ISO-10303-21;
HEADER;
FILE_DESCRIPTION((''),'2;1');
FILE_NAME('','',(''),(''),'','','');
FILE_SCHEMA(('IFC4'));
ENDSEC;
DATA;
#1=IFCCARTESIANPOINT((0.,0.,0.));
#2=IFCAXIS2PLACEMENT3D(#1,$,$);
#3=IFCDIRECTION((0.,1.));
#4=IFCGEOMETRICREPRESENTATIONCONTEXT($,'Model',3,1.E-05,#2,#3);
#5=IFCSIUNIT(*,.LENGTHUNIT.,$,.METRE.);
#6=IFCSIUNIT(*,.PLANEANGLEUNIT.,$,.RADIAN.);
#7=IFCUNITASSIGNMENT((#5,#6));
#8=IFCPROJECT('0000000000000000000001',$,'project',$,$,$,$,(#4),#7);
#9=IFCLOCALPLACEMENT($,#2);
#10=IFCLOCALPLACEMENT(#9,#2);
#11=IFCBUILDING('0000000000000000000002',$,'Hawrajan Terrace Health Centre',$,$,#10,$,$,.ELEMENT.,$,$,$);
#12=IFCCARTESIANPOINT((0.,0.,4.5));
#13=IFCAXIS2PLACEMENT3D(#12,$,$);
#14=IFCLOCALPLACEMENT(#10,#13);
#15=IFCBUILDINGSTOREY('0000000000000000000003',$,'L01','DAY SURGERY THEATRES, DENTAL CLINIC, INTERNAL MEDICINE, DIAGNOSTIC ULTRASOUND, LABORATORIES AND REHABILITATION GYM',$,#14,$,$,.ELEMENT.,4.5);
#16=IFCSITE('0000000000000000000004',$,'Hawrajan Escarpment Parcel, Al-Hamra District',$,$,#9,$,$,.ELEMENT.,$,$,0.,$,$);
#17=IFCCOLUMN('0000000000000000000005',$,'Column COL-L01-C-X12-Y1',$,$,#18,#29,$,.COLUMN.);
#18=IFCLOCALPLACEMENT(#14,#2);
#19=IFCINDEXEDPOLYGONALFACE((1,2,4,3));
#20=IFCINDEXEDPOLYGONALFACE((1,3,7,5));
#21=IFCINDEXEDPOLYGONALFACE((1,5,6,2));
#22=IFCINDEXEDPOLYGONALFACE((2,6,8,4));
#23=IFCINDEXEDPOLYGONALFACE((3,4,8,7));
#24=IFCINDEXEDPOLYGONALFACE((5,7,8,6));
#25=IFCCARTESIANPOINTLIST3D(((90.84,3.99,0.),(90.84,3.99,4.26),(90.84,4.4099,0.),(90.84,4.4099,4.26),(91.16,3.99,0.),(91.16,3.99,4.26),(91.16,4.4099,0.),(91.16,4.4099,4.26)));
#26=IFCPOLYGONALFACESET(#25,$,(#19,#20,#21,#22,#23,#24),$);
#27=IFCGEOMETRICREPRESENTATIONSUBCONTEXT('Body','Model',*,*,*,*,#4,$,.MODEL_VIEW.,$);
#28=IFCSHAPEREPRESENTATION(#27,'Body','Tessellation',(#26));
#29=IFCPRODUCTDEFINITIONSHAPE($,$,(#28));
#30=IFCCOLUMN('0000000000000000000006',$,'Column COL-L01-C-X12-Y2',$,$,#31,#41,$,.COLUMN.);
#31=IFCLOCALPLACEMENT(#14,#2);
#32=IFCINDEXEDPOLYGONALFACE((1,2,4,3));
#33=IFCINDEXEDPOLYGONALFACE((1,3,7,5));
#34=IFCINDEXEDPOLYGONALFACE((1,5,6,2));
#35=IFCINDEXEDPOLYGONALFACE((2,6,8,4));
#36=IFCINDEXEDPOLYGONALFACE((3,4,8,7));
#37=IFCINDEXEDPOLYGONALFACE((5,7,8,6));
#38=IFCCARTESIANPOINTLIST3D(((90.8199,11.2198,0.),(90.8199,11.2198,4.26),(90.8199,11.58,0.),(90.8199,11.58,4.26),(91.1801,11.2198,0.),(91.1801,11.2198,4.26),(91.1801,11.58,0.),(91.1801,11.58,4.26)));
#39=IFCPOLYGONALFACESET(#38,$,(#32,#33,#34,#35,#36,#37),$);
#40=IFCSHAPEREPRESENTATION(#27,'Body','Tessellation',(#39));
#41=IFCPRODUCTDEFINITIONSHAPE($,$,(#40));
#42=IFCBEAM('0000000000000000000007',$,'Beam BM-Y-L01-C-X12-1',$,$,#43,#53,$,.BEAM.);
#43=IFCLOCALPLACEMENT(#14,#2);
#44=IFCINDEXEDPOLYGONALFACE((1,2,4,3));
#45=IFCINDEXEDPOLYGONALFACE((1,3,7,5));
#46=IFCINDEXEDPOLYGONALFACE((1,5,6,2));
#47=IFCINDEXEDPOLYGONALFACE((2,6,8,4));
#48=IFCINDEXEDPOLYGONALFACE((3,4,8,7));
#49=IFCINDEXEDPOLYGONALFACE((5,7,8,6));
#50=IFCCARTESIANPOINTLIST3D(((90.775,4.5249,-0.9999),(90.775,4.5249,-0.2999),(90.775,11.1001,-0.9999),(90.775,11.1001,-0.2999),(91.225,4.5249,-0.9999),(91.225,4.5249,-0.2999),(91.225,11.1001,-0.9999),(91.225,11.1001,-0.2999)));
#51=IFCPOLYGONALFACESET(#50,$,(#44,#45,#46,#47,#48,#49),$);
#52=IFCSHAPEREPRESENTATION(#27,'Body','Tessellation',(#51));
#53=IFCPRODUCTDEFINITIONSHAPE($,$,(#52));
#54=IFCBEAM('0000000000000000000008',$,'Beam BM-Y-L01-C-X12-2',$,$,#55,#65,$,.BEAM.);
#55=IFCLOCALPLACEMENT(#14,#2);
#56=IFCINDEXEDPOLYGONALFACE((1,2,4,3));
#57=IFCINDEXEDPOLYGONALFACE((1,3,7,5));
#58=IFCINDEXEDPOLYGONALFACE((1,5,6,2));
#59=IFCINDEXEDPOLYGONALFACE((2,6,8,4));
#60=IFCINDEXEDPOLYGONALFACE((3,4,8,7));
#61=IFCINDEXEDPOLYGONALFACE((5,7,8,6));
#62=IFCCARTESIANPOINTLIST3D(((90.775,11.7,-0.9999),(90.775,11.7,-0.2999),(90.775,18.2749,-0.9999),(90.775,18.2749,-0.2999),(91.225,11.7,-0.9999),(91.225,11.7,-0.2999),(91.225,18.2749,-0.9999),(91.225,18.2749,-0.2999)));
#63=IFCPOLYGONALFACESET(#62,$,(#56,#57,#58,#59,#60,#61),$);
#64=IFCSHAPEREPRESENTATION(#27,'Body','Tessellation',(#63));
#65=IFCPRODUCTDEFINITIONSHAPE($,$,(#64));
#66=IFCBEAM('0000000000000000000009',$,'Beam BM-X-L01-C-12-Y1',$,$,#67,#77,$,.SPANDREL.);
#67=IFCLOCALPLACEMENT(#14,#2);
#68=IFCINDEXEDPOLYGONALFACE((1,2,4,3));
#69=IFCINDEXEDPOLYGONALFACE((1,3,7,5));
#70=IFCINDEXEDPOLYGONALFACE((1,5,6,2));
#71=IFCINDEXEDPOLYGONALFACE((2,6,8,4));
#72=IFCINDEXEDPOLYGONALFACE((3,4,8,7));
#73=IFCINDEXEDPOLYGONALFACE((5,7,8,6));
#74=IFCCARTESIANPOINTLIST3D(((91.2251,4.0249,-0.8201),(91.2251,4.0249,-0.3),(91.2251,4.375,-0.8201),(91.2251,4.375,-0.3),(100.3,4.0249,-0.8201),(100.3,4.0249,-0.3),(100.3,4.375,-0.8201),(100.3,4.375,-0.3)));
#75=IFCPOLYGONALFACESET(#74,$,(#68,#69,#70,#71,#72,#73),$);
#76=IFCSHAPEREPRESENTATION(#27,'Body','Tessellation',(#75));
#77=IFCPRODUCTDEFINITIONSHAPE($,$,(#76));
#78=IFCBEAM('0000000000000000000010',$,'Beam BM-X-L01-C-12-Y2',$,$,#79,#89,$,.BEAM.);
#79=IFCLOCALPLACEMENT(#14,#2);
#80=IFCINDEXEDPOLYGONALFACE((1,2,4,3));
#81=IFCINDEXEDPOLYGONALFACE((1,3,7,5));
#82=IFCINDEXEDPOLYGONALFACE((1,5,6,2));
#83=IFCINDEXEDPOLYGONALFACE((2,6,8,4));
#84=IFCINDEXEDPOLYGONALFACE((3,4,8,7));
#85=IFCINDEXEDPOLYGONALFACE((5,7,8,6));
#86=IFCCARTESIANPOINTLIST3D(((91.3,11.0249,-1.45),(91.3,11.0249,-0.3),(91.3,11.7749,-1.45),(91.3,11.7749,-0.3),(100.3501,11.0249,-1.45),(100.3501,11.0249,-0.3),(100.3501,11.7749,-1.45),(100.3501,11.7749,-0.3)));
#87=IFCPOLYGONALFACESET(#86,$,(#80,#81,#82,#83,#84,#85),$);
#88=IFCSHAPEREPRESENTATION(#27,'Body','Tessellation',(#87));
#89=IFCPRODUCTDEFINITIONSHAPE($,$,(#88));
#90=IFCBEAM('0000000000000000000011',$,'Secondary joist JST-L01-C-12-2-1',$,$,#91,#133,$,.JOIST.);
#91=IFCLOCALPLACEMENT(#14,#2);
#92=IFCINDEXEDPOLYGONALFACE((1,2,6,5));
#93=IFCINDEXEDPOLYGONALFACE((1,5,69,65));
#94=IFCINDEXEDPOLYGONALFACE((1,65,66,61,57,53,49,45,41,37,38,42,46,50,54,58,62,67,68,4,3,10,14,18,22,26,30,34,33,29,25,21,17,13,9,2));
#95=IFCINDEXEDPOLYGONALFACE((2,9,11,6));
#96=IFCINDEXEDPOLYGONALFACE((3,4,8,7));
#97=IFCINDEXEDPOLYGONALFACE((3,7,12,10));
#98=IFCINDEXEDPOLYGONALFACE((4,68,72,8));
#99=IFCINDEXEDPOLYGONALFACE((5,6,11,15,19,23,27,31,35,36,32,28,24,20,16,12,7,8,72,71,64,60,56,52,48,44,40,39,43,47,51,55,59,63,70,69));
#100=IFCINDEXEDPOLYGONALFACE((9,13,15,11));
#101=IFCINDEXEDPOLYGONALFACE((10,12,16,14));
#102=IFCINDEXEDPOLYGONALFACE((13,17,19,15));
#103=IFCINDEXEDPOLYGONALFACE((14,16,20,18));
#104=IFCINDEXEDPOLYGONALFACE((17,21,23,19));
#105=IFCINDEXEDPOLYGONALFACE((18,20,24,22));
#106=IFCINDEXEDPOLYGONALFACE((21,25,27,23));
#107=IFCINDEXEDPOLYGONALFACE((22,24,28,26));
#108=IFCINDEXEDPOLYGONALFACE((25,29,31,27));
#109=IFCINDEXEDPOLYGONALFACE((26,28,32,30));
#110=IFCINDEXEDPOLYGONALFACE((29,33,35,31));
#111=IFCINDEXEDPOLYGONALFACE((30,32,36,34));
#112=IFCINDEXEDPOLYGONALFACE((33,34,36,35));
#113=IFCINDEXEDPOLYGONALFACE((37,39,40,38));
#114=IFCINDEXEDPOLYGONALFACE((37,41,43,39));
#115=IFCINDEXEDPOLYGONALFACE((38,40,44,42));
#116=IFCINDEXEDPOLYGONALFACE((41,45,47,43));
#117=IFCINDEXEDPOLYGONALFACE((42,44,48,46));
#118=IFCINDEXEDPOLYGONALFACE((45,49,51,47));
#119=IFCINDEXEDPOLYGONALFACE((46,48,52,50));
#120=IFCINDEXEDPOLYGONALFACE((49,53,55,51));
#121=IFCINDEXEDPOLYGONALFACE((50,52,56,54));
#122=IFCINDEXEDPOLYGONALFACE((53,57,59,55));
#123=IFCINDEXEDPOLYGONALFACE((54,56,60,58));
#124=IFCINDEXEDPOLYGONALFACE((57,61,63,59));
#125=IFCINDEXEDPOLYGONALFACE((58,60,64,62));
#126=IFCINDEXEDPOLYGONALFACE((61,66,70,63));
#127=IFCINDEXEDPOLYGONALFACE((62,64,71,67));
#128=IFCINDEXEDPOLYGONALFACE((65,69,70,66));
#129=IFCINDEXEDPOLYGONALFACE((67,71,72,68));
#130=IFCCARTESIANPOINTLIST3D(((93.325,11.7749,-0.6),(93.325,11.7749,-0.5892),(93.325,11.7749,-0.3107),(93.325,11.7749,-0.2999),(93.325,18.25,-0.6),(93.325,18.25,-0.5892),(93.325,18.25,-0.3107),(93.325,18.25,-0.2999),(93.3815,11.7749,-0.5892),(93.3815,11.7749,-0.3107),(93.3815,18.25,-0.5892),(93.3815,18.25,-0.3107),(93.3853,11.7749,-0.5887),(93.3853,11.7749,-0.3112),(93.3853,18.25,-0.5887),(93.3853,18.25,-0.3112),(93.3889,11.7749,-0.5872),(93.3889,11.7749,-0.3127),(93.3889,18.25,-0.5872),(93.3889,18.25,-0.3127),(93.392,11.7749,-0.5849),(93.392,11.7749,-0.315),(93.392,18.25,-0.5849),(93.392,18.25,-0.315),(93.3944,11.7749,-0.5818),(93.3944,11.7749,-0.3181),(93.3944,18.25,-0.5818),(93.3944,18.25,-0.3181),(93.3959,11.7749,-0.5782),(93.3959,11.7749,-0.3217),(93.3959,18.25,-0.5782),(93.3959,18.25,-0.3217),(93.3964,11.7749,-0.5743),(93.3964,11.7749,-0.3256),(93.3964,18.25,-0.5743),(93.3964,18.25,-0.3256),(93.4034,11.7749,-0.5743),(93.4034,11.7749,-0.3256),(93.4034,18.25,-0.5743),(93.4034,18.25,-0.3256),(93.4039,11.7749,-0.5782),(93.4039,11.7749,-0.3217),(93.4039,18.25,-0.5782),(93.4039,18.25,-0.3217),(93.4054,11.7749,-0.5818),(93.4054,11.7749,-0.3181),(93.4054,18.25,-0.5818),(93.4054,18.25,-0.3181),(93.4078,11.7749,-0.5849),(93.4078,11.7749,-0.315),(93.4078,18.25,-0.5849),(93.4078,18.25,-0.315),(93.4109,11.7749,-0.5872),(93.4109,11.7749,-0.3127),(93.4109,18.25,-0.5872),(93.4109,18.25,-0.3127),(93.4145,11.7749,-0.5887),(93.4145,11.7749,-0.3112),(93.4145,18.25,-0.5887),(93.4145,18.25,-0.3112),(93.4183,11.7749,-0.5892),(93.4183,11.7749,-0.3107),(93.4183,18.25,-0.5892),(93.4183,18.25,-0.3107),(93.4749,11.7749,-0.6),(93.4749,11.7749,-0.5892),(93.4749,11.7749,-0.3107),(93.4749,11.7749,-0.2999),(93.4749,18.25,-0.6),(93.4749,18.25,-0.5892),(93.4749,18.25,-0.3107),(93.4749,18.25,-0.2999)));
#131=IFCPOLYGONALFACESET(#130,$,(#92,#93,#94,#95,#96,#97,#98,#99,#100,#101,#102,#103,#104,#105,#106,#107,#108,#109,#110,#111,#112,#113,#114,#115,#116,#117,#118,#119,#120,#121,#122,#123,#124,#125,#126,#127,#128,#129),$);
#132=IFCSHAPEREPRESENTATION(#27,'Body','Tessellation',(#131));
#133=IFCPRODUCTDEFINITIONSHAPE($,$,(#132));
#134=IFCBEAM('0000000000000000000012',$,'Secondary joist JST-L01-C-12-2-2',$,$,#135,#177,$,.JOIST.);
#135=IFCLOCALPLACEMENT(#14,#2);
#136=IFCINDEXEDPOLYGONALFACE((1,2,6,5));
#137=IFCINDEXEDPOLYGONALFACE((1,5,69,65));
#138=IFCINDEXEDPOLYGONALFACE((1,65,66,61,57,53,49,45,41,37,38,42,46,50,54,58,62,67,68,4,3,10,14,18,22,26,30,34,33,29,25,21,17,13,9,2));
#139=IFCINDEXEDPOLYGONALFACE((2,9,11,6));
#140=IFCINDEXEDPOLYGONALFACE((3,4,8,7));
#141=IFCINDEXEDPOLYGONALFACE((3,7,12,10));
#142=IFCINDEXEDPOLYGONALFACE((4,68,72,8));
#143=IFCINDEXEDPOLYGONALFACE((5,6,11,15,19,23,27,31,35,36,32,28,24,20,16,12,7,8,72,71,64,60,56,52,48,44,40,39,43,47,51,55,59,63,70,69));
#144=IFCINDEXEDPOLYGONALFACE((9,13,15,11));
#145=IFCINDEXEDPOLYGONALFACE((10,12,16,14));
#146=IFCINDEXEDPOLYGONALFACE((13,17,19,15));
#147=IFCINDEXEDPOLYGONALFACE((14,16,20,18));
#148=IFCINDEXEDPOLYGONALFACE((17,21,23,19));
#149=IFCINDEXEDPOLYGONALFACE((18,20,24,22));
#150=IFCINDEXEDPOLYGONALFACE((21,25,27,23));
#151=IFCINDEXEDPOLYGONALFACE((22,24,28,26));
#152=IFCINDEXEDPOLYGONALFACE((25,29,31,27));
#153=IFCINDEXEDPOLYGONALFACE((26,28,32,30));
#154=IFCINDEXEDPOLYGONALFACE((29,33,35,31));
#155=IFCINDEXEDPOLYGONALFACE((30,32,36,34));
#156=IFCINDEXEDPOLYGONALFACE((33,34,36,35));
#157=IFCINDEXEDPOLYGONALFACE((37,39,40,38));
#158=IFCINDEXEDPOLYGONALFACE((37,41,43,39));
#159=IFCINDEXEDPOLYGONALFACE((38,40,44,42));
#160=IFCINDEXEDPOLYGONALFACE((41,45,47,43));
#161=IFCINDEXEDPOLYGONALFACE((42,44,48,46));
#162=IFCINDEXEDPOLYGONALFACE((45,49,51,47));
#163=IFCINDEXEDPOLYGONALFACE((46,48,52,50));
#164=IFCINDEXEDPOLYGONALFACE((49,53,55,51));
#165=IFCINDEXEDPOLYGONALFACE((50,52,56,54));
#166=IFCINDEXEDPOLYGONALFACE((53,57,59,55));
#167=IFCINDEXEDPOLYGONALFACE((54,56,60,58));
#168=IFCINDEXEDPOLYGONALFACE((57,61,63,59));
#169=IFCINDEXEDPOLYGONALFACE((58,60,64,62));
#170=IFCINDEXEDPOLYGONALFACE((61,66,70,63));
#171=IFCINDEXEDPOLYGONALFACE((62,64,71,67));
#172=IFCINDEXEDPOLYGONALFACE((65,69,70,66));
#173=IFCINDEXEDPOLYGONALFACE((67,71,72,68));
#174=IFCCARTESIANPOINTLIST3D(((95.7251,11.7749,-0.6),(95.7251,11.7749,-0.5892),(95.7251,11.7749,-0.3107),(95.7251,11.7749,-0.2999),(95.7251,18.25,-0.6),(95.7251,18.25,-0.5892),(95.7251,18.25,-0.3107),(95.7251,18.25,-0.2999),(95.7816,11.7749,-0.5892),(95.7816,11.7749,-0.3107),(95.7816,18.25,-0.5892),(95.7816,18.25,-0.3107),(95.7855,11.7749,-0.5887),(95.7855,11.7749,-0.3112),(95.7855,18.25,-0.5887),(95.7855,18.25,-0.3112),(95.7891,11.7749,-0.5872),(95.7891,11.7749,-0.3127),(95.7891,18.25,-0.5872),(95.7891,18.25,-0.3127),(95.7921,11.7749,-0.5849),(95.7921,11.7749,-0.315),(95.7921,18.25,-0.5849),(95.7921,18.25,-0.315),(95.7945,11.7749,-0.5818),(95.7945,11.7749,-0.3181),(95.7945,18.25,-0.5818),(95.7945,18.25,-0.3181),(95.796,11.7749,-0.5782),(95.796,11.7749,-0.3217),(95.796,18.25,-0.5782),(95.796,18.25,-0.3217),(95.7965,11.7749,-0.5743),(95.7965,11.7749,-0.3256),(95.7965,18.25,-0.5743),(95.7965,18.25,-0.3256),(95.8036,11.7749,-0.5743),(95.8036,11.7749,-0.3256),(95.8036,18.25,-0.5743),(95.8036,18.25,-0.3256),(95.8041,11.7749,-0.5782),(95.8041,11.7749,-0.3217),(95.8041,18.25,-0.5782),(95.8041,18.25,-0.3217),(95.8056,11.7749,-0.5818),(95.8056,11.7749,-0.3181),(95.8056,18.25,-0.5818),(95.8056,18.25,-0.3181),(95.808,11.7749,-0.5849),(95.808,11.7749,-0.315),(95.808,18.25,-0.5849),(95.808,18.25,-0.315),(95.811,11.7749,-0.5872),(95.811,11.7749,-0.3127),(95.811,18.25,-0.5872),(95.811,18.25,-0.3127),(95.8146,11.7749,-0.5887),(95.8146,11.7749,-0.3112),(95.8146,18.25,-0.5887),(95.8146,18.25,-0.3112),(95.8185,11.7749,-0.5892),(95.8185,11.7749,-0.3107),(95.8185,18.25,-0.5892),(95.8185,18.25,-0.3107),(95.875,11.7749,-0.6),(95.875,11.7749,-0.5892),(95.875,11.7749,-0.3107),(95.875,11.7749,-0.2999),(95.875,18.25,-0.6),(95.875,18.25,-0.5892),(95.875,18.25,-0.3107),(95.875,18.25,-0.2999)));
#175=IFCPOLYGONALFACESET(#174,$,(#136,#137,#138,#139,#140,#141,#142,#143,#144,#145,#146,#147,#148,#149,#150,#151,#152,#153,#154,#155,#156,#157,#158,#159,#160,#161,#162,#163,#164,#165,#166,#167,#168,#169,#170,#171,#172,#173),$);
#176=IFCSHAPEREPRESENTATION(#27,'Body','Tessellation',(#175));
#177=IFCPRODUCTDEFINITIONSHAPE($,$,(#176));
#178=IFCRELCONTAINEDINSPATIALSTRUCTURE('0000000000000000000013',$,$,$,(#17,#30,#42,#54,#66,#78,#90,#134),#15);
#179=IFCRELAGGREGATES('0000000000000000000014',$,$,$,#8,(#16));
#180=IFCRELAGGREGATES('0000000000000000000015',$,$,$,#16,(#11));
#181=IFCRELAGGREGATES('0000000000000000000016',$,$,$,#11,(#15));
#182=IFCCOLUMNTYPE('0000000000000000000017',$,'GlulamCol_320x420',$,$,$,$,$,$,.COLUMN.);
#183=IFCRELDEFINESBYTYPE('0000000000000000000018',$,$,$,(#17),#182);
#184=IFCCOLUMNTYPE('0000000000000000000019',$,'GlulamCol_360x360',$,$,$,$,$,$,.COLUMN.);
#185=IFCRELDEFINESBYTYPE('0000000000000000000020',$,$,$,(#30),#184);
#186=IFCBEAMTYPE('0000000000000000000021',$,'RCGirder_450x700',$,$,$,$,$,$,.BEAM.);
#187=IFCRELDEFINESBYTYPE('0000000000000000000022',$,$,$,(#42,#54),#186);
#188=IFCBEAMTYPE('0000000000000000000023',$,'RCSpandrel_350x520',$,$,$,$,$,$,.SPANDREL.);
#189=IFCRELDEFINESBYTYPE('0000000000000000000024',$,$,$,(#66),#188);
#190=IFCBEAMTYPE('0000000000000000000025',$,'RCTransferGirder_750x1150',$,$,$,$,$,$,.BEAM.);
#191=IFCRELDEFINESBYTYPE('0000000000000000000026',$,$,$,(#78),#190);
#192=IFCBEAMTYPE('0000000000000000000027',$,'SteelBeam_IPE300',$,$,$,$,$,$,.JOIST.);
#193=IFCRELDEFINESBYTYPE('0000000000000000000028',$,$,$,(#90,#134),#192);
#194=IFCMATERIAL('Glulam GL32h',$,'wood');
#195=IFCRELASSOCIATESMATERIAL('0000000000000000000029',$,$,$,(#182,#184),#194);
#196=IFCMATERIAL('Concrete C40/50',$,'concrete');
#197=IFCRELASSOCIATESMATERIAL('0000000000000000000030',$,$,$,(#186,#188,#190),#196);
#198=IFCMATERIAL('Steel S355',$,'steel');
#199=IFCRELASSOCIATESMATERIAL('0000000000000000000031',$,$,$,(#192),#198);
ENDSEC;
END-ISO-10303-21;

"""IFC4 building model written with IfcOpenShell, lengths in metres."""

from ifc_helpers import new_model, si_unit, direction, frame, origin, origin_2d, place, context, subcontext, project, spatial, rectangle, i_section, extrude, material, material_profile, profile_set, type_object, element, save


model = new_model("IFC4")

# Units and contexts
model_context = context("Model", 3, precision=1e-05, world=origin(), true_north=direction((0.0, 1.0)))
body_context = subcontext(model_context, "Body", "Model", "MODEL_VIEW")
ifc_project = project(units=[si_unit("LENGTHUNIT", "METRE"), si_unit("PLANEANGLEUNIT", "RADIAN")], contexts=[model_context])

# Site, building, storey
site_placement = place(None, origin())
site = spatial("IfcSite", under=ifc_project, at=site_placement, Name="Hawrajan Escarpment Parcel, Al-Hamra District", CompositionType="ELEMENT", RefElevation=0.0)
building_placement = place(site_placement, origin())
building = spatial("IfcBuilding", under=site, at=building_placement, Name="Hawrajan Terrace Health Centre", CompositionType="ELEMENT")
storey_placement = place(building_placement, frame((0.0, 0.0, 4.5)))
storey = spatial("IfcBuildingStorey", under=building, at=storey_placement, Name="L01", Description="DAY SURGERY THEATRES, DENTAL CLINIC, INTERNAL MEDICINE, DIAGNOSTIC ULTRASOUND, LABORATORIES AND REHABILITATION GYM", CompositionType="ELEMENT", Elevation=4.5)

# Columns
ifc_material_1 = material(Name="Glulam GL32h", Category="wood")
ifc_material_profile_1 = material_profile(ifc_material_1, rectangle(XDim=0.3201, YDim=0.4199, at=origin_2d()), Name="GL 320x420")
ifc_profile_set_1 = profile_set([ifc_material_profile_1], Name="Glulam GL32h")
column_type_1 = type_object("IfcColumnType", Name="GlulamCol_320x420", PredefinedType="COLUMN", material=ifc_profile_set_1)
column_1_placement = place(storey_placement, frame((91.0, 4.2, 0.0), z_axis=(0.0, 0.0, 1.0), x_axis=(1.0, 0.0, 0.0)))
element("IfcColumn", 1, at=column_1_placement, inside=storey, type_object=column_type_1, Name="Column COL-L01-C-X12-Y1", PredefinedType="COLUMN", context=body_context, shape_type="SweptSolid", body=[
    extrude(rectangle(XDim=0.3201, YDim=0.4199, at=origin_2d()), origin(), (0.0, 0.0, 1.0), 4.26),
])
ifc_material_profile_2 = material_profile(ifc_material_1, rectangle(XDim=0.3601, YDim=0.3601, at=origin_2d()), Name="GL 360x360")
ifc_profile_set_2 = profile_set([ifc_material_profile_2], Name="Glulam GL32h")
column_type_2 = type_object("IfcColumnType", Name="GlulamCol_360x360", PredefinedType="COLUMN", material=ifc_profile_set_2)
column_2_placement = place(storey_placement, frame((91.0, 11.3999, 0.0), z_axis=(0.0, 0.0, 1.0), x_axis=(1.0, 0.0, 0.0)))
element("IfcColumn", 2, at=column_2_placement, inside=storey, type_object=column_type_2, Name="Column COL-L01-C-X12-Y2", PredefinedType="COLUMN", context=body_context, shape_type="SweptSolid", body=[
    extrude(rectangle(XDim=0.3601, YDim=0.3601, at=origin_2d()), origin(), (0.0, 0.0, 1.0), 4.26),
])

# Beams
ifc_material_2 = material(Name="Concrete C40/50", Category="concrete")
ifc_material_profile_3 = material_profile(ifc_material_2, rectangle(XDim=0.45, YDim=0.7, at=origin_2d()), Name="RC BM 450x700")
ifc_profile_set_3 = profile_set([ifc_material_profile_3], Name="Concrete C40/50")
beam_type_1 = type_object("IfcBeamType", Name="RCGirder_450x700", PredefinedType="BEAM", material=ifc_profile_set_3)
beam_1_placement = place(storey_placement, frame((91.0, 4.5249, -0.6499), z_axis=(0.0, 1.0, 0.0), x_axis=(-1.0, 0.0, 0.0)))
element("IfcBeam", 3, at=beam_1_placement, inside=storey, type_object=beam_type_1, Name="Beam BM-Y-L01-C-X12-1", PredefinedType="BEAM", context=body_context, shape_type="SweptSolid", body=[
    extrude(rectangle(XDim=0.45, YDim=0.7, at=origin_2d()), origin(), (0.0, 0.0, 1.0), 6.5752),
])
beam_2_placement = place(storey_placement, frame((91.0, 11.7, -0.6499), z_axis=(0.0, 1.0, 0.0), x_axis=(-1.0, 0.0, 0.0)))
element("IfcBeam", 4, at=beam_2_placement, inside=storey, type_object=beam_type_1, Name="Beam BM-Y-L01-C-X12-2", PredefinedType="BEAM", context=body_context, shape_type="SweptSolid", body=[
    extrude(rectangle(XDim=0.45, YDim=0.7, at=origin_2d()), origin(), (0.0, 0.0, 1.0), 6.575),
])
ifc_material_profile_4 = material_profile(ifc_material_2, rectangle(XDim=0.3501, YDim=0.52, at=origin_2d()), Name="RC SP 350x520")
ifc_profile_set_4 = profile_set([ifc_material_profile_4], Name="Concrete C40/50")
beam_type_2 = type_object("IfcBeamType", Name="RCSpandrel_350x520", PredefinedType="SPANDREL", material=ifc_profile_set_4)
beam_3_placement = place(storey_placement, frame((91.2251, 4.2, -0.5601), z_axis=(1.0, 0.0, 0.0), x_axis=(0.0, 1.0, 0.0)))
element("IfcBeam", 5, at=beam_3_placement, inside=storey, type_object=beam_type_2, Name="Beam BM-X-L01-C-12-Y1", PredefinedType="SPANDREL", context=body_context, shape_type="SweptSolid", body=[
    extrude(rectangle(XDim=0.3501, YDim=0.52, at=origin_2d()), origin(), (0.0, 0.0, 1.0), 9.075),
])
ifc_material_profile_5 = material_profile(ifc_material_2, rectangle(XDim=0.75, YDim=1.1499, at=origin_2d()), Name="RC TG 750x1150")
ifc_profile_set_5 = profile_set([ifc_material_profile_5], Name="Concrete C40/50")
beam_type_3 = type_object("IfcBeamType", Name="RCTransferGirder_750x1150", PredefinedType="BEAM", material=ifc_profile_set_5)
beam_4_placement = place(storey_placement, frame((91.3, 11.3999, -0.875), z_axis=(1.0, 0.0, 0.0), x_axis=(0.0, 1.0, 0.0)))
element("IfcBeam", 6, at=beam_4_placement, inside=storey, type_object=beam_type_3, Name="Beam BM-X-L01-C-12-Y2", PredefinedType="BEAM", context=body_context, shape_type="SweptSolid", body=[
    extrude(rectangle(XDim=0.75, YDim=1.1499, at=origin_2d()), origin(), (0.0, 0.0, 1.0), 9.05),
])
ifc_material_3 = material(Name="Steel S355", Category="steel")
ifc_material_profile_6 = material_profile(ifc_material_3, i_section(OverallWidth=0.1499, OverallDepth=0.3, WebThickness=0.0071, FlangeThickness=0.0107, FilletRadius=0.0149, at=origin_2d()), Name="IPE 300")
ifc_profile_set_6 = profile_set([ifc_material_profile_6], Name="Steel S355")
beam_type_4 = type_object("IfcBeamType", Name="SteelBeam_IPE300", PredefinedType="JOIST", material=ifc_profile_set_6)
for number, where, z_axis, x_axis, name in (
    (7, (93.3999, 11.7749, -0.45), (0.0, 1.0, 0.0), (-1.0, 0.0, 0.0), "Secondary joist JST-L01-C-12-2-1"),
    (8, (95.8, 11.7749, -0.45), (0.0, 1.0, 0.0), (-1.0, 0.0, 0.0), "Secondary joist JST-L01-C-12-2-2"),
):
    element("IfcBeam", number, at=place(storey_placement, frame(where, z_axis=z_axis, x_axis=x_axis)), inside=storey, type_object=beam_type_4, Name=name, PredefinedType="JOIST", context=body_context, shape_type="SweptSolid", body=[
        extrude(i_section(OverallWidth=0.1499, OverallDepth=0.3, WebThickness=0.0071, FlangeThickness=0.0107, FilletRadius=0.0149, at=origin_2d()), origin(), (0.0, 0.0, 1.0), 6.4751),
    ])

save(model, "model.ifc")
